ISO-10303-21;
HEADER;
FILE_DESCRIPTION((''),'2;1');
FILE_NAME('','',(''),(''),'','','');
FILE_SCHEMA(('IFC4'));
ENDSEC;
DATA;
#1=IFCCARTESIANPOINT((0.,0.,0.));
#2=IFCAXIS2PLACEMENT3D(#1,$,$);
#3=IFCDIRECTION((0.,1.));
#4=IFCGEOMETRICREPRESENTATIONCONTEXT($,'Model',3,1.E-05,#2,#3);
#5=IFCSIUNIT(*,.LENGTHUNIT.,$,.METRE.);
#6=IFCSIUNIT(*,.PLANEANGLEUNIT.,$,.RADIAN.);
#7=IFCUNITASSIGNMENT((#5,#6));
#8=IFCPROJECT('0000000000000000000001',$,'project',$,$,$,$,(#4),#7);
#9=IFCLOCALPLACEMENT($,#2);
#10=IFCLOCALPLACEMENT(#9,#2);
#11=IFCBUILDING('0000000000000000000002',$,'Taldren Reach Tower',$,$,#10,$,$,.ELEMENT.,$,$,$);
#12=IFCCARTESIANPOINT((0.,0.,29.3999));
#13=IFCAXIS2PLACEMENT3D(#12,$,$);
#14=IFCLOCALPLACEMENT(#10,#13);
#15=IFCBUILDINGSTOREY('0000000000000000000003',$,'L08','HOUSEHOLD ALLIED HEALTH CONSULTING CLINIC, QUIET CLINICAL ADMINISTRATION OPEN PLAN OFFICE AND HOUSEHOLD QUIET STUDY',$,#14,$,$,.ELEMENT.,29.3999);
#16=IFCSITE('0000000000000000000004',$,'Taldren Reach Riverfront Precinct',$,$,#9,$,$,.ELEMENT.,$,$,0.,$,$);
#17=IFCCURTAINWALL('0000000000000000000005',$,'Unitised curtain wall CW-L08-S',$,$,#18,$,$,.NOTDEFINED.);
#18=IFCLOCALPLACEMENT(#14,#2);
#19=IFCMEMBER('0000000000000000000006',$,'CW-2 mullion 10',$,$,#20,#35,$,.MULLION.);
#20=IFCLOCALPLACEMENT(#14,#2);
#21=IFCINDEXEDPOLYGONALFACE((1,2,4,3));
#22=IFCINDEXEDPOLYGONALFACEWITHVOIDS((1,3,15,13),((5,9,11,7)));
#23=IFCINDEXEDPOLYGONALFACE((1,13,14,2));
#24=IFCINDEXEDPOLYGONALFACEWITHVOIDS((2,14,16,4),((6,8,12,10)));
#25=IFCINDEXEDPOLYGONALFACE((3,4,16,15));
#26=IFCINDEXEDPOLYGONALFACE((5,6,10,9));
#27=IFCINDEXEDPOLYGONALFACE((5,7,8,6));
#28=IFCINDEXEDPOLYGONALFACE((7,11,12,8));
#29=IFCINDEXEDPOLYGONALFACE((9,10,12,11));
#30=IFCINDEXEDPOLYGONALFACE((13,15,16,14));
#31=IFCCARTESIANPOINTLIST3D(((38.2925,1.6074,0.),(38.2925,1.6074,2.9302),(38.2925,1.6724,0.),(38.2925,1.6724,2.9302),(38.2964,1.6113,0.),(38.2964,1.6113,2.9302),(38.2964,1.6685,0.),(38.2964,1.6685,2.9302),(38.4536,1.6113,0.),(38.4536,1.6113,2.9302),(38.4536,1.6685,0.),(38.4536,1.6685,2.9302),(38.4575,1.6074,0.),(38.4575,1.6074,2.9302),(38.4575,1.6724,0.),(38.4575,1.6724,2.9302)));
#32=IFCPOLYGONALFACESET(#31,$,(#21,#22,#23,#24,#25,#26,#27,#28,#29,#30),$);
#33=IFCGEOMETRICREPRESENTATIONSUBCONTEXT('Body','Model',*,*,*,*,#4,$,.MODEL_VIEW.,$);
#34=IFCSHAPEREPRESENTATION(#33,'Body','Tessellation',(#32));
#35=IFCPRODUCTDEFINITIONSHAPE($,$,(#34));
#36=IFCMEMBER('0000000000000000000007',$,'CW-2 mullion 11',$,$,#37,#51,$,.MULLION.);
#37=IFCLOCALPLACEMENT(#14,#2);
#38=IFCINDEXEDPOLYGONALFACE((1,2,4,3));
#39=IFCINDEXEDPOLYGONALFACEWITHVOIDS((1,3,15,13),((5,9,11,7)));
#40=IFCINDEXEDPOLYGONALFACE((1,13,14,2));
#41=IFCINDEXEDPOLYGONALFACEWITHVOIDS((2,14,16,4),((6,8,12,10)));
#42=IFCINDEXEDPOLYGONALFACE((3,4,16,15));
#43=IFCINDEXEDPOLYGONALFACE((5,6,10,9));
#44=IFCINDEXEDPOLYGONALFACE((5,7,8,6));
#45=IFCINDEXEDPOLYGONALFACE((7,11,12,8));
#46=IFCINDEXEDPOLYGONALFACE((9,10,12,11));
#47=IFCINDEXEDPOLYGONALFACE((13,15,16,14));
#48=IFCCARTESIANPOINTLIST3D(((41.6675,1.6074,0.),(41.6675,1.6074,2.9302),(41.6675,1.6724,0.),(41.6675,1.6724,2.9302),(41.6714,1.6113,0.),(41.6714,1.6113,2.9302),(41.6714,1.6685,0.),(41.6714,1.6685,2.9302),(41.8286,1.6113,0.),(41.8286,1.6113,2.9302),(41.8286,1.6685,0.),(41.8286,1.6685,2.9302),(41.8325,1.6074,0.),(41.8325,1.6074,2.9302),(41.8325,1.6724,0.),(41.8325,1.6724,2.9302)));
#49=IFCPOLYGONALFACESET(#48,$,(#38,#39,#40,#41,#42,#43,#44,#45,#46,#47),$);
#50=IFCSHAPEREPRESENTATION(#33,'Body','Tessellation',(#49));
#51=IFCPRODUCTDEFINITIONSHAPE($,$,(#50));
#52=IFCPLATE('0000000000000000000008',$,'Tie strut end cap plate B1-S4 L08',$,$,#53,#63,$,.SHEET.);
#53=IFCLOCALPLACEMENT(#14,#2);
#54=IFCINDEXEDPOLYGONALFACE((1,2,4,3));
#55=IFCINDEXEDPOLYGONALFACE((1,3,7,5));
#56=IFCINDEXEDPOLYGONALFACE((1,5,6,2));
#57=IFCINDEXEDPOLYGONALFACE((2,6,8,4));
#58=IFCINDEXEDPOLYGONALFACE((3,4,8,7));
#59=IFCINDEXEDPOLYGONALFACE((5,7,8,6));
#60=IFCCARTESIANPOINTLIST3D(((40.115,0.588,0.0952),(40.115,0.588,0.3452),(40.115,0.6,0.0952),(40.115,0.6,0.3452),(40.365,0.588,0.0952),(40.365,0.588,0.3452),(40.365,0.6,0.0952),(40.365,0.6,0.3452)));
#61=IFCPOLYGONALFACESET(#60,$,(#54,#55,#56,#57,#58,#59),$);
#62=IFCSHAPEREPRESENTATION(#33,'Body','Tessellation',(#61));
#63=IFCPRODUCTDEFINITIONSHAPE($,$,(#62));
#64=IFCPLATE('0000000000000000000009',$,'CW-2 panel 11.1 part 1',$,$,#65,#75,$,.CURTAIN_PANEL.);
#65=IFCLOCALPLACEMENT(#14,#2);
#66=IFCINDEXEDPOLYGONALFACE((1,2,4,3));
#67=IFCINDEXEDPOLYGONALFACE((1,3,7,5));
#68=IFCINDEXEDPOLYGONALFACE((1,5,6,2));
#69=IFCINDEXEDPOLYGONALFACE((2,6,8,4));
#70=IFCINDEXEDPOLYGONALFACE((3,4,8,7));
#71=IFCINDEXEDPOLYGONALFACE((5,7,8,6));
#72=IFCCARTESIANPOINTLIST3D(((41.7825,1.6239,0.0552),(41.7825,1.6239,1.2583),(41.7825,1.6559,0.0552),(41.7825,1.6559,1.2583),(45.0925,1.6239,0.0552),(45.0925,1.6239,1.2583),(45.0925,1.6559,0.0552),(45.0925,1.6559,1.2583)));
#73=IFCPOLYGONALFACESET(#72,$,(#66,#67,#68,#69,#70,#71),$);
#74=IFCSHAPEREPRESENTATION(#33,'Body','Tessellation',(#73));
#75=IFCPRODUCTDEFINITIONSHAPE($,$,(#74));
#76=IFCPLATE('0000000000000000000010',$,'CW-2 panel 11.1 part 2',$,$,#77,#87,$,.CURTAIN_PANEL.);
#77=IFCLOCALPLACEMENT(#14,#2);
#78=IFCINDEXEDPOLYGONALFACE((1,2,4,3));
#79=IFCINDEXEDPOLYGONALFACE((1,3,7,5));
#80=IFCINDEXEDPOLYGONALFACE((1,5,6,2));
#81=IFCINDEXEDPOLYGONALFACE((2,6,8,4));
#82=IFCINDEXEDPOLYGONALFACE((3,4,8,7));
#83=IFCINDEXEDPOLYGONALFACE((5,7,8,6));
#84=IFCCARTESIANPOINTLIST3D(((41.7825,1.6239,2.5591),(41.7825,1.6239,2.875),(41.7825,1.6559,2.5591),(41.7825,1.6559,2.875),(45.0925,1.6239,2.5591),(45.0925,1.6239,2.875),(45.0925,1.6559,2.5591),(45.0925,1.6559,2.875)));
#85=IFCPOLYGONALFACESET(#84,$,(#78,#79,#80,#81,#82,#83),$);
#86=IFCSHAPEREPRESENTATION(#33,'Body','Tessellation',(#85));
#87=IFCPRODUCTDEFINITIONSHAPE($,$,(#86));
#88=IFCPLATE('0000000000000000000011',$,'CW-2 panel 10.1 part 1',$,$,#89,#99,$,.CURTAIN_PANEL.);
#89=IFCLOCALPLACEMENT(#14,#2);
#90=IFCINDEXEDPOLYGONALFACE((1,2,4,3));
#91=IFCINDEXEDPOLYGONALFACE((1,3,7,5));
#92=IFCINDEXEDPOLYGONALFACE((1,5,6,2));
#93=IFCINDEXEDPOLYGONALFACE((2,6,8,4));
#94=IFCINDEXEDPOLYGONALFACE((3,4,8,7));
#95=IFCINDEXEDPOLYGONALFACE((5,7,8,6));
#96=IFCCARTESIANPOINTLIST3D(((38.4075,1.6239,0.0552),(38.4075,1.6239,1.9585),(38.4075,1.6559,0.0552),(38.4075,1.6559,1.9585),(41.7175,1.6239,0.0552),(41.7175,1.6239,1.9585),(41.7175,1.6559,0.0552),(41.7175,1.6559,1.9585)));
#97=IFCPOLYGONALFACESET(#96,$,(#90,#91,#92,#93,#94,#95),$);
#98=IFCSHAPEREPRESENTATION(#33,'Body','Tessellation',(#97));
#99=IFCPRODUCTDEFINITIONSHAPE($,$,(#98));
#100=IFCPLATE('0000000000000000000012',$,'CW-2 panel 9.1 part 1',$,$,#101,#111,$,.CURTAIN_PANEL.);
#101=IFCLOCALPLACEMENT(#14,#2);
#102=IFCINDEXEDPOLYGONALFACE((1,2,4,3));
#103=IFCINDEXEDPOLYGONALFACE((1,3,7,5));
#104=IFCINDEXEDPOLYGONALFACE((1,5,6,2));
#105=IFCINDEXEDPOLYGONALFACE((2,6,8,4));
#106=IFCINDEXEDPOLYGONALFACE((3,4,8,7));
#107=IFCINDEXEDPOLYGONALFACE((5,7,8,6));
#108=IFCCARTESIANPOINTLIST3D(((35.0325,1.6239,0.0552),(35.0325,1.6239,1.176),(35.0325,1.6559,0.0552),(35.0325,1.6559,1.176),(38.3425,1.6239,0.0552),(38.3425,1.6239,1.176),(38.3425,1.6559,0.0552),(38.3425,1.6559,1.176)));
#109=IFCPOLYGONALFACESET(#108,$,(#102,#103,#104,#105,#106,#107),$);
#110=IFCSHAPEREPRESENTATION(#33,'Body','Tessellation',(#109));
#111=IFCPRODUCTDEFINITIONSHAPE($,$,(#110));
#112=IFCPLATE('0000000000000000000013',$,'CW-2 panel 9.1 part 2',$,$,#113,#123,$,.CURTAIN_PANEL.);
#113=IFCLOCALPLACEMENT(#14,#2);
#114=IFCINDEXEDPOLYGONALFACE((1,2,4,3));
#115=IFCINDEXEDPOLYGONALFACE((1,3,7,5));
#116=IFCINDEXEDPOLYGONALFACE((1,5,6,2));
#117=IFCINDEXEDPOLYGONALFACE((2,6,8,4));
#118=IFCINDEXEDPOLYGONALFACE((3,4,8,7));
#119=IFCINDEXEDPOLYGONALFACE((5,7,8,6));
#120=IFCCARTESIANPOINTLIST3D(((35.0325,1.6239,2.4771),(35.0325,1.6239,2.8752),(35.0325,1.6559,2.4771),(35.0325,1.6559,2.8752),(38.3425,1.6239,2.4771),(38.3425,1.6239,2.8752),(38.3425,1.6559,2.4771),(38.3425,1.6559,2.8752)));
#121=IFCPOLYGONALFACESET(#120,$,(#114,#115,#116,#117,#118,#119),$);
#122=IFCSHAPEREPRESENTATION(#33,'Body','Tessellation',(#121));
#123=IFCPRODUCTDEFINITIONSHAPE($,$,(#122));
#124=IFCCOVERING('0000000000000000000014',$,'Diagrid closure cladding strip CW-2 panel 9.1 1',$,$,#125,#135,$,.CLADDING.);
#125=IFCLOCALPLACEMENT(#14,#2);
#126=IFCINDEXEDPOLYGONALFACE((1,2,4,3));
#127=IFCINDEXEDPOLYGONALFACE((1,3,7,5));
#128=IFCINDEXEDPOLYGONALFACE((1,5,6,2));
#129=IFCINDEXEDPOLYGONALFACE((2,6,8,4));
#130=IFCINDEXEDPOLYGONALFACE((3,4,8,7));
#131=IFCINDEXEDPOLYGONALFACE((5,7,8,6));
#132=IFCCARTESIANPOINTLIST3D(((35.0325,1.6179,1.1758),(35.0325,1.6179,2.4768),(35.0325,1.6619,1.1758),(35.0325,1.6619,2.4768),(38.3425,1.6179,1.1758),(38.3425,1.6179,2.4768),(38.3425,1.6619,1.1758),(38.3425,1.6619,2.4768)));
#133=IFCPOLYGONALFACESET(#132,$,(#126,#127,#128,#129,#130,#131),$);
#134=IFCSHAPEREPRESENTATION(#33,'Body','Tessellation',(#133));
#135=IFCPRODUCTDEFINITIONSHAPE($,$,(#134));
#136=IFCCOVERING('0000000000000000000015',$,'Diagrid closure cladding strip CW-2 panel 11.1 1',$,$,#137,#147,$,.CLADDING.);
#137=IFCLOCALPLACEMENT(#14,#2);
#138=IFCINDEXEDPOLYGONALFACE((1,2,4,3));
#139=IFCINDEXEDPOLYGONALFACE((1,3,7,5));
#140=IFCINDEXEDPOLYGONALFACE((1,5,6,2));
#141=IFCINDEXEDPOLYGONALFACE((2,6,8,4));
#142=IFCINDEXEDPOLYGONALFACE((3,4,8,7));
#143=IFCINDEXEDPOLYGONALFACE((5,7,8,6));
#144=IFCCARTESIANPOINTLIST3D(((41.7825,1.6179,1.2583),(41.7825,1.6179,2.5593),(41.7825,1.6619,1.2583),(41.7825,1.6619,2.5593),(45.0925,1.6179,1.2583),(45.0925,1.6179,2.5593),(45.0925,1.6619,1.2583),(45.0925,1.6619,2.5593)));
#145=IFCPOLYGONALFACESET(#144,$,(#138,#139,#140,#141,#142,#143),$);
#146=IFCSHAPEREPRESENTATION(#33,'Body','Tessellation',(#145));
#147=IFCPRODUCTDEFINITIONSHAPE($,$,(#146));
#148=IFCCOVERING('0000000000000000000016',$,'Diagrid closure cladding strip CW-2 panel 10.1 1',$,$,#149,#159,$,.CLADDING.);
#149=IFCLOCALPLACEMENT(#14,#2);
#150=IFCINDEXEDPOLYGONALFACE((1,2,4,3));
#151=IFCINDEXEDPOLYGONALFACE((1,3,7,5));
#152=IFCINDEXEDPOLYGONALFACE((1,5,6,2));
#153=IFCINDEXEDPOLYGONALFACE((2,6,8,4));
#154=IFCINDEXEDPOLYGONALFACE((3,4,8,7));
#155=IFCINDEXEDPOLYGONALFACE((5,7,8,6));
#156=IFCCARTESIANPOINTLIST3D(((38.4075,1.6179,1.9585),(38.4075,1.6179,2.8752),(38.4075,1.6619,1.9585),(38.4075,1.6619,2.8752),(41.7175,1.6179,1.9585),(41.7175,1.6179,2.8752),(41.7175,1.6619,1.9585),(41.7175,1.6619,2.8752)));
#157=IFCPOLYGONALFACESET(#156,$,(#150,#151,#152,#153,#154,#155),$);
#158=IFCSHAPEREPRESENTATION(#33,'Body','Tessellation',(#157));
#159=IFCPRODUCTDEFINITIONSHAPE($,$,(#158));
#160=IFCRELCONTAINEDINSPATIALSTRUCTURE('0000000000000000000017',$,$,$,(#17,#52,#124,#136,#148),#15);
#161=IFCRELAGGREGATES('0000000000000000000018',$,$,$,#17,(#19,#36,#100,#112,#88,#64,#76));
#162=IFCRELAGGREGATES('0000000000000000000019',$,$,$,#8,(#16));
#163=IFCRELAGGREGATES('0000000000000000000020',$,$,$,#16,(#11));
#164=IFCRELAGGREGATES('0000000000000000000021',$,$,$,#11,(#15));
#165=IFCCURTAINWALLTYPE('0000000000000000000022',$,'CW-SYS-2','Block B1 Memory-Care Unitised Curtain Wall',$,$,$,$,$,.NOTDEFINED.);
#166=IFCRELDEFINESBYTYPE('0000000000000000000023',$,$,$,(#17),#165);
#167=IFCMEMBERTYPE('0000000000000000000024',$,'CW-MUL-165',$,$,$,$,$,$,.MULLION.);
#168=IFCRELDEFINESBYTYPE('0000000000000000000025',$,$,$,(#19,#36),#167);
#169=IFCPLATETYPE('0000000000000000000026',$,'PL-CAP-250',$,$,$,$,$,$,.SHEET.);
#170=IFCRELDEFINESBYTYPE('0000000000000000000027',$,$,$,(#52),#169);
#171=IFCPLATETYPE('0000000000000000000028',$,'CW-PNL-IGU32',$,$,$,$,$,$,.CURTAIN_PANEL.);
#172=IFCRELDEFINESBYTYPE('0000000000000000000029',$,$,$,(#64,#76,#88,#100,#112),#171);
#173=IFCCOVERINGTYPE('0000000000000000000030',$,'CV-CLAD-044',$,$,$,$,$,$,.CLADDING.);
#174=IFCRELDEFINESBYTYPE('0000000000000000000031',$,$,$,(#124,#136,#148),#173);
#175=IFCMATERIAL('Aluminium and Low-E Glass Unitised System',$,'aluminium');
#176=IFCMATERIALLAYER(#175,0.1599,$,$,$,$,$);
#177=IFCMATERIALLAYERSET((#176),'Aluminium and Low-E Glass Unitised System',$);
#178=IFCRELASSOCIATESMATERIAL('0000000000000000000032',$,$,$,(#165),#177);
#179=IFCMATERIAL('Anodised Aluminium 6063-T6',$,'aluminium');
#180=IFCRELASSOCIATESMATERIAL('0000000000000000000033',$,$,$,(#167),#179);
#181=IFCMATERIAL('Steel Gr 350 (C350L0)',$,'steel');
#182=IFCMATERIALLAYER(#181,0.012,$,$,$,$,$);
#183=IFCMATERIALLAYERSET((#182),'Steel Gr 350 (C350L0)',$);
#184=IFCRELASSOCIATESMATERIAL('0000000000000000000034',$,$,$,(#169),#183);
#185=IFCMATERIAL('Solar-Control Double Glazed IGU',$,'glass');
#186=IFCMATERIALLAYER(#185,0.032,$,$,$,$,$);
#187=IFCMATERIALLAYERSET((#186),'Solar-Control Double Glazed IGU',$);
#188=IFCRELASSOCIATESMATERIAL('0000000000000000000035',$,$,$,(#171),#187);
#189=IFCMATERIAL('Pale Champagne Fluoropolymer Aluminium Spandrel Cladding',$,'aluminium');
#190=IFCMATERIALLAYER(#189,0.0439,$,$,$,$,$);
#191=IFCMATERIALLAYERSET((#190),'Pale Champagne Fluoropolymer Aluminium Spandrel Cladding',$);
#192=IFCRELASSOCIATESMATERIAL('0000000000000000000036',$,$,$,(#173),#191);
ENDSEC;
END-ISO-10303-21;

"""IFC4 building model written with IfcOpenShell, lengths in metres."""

from ifc_helpers import new_model, si_unit, direction, frame, origin, origin_2d, place, context, subcontext, project, spatial, rectangle, hollow_rectangle, extrude, source, transform, mapped, material, layer, layer_set, material_profile, profile_set, type_object, element, aggregate, save


model = new_model("IFC4")

# Units and contexts
model_context = context("Model", 3, precision=1e-05, world=origin(), true_north=direction((0.0, 1.0)))
body_context = subcontext(model_context, "Body", "Model", "MODEL_VIEW")
ifc_project = project(units=[si_unit("LENGTHUNIT", "METRE"), si_unit("PLANEANGLEUNIT", "RADIAN")], contexts=[model_context])

# Site, building, storey
site_placement = place(None, origin())
site = spatial("IfcSite", under=ifc_project, at=site_placement, Name="Taldren Reach Riverfront Precinct", CompositionType="ELEMENT", RefElevation=0.0)
building_placement = place(site_placement, origin())
building = spatial("IfcBuilding", under=site, at=building_placement, Name="Taldren Reach Tower", CompositionType="ELEMENT")
storey_placement = place(building_placement, frame((0.0, 0.0, 29.3999)))
storey = spatial("IfcBuildingStorey", under=building, at=storey_placement, Name="L08", Description="HOUSEHOLD ALLIED HEALTH CONSULTING CLINIC, QUIET CLINICAL ADMINISTRATION OPEN PLAN OFFICE AND HOUSEHOLD QUIET STUDY", CompositionType="ELEMENT", Elevation=29.3999)

# Shared definitions
ifc_material_1 = material(Name="Steel Gr 350 (C350L0)", Category="steel")

# Curtain wall, members
ifc_material_2 = material(Name="Aluminium and Low-E Glass Unitised System", Category="aluminium")
ifc_layer_1 = layer(ifc_material_2, 0.1599)
ifc_layer_set_1 = layer_set([ifc_layer_1], Name="Aluminium and Low-E Glass Unitised System")
curtain_wall_type = type_object("IfcCurtainWallType", Name="CW-SYS-2", Description="Block B1 Memory-Care Unitised Curtain Wall", PredefinedType="NOTDEFINED", material=ifc_layer_set_1)
curtain_wall_placement = place(storey_placement, origin())
curtain_wall = element("IfcCurtainWall", 1, at=curtain_wall_placement, inside=storey, type_object=curtain_wall_type, Name="Unitised curtain wall CW-L08-S", PredefinedType="NOTDEFINED")
ifc_material_3 = material(Name="Anodised Aluminium 6063-T6", Category="aluminium")
ifc_material_profile_1 = material_profile(ifc_material_3, hollow_rectangle(XDim=0.0649, YDim=0.165, WallThickness=0.0039, at=origin_2d()), Name="ALU-165x65x4RHS")
ifc_profile_set_1 = profile_set([ifc_material_profile_1], Name="Anodised Aluminium 6063-T6")
member_type_1 = type_object("IfcMemberType", Name="CW-MUL-165", PredefinedType="MULLION", material=ifc_profile_set_1)
shared_shape_1 = source(origin(), body_context, "Body", "SweptSolid", [
    extrude(hollow_rectangle(XDim=0.0649, YDim=0.165, WallThickness=0.0039, at=origin_2d()), origin(), (0.0, 0.0, 1.0), 2.9302),
])
member_1_placement = place(storey_placement, frame((38.375, 1.6399, 0.0), z_axis=(0.0, 0.0, 1.0), x_axis=(0.0, 1.0, 0.0)))
member_1 = element("IfcMember", 2, at=member_1_placement, type_object=member_type_1, Name="CW-2 mullion 10", PredefinedType="MULLION", context=body_context, shape_type="MappedRepresentation", body=[
    mapped(shared_shape_1, transform((0.0, 0.0, 0.0), scale=1.0)),
])
member_2_placement = place(storey_placement, frame((41.75, 1.6399, 0.0), z_axis=(0.0, 0.0, 1.0), x_axis=(0.0, 1.0, 0.0)))
member_2 = element("IfcMember", 3, at=member_2_placement, type_object=member_type_1, Name="CW-2 mullion 11", PredefinedType="MULLION", context=body_context, shape_type="MappedRepresentation", body=[
    mapped(shared_shape_1, transform((0.0, 0.0, 0.0), scale=1.0)),
])

# Plates
ifc_layer_2 = layer(ifc_material_1, 0.012)
ifc_layer_set_2 = layer_set([ifc_layer_2], Name="Steel Gr 350 (C350L0)")
plate_type_1 = type_object("IfcPlateType", Name="PL-CAP-250", PredefinedType="SHEET", material=ifc_layer_set_2)
shared_shape_2 = source(origin(), body_context, "Body", "SweptSolid", [
    extrude(rectangle(XDim=0.25, YDim=0.012, at=origin_2d()), origin(), (0.0, 0.0, 1.0), 0.25),
])
plate_1_placement = place(storey_placement, frame((40.24, 0.594, 0.0952), z_axis=(0.0, 0.0, 1.0), x_axis=(1.0, 0.0, 0.0)))
element("IfcPlate", 4, at=plate_1_placement, inside=storey, type_object=plate_type_1, Name="Tie strut end cap plate B1-S4 L08", PredefinedType="SHEET", context=body_context, shape_type="MappedRepresentation", body=[
    mapped(shared_shape_2, transform((0.0, 0.0, 0.0), scale=1.0)),
])
ifc_material_4 = material(Name="Solar-Control Double Glazed IGU", Category="glass")
ifc_layer_3 = layer(ifc_material_4, 0.032)
ifc_layer_set_3 = layer_set([ifc_layer_3], Name="Solar-Control Double Glazed IGU")
plate_type_2 = type_object("IfcPlateType", Name="CW-PNL-IGU32", PredefinedType="CURTAIN_PANEL", material=ifc_layer_set_3)
shared_shape_3 = source(origin(), body_context, "Body", "SweptSolid", [
    extrude(rectangle(XDim=3.3101, YDim=0.032, at=origin_2d()), origin(), (0.0, 0.0, 1.0), 1.2031),
])
plate_2_placement = place(storey_placement, frame((43.4375, 1.6399, 0.0552), z_axis=(0.0, 0.0, 1.0), x_axis=(1.0, 0.0, 0.0)))
plate_2 = element("IfcPlate", 5, at=plate_2_placement, type_object=plate_type_2, Name="CW-2 panel 11.1 part 1", PredefinedType="CURTAIN_PANEL", context=body_context, shape_type="MappedRepresentation", body=[
    mapped(shared_shape_3, transform((0.0, 0.0, 0.0), scale=1.0)),
])
shared_shape_4 = source(origin(), body_context, "Body", "SweptSolid", [
    extrude(rectangle(XDim=3.3101, YDim=0.032, at=origin_2d()), origin(), (0.0, 0.0, 1.0), 0.3159),
])
plate_3_placement = place(storey_placement, frame((43.4375, 1.6399, 2.5591), z_axis=(0.0, 0.0, 1.0), x_axis=(1.0, 0.0, 0.0)))
plate_3 = element("IfcPlate", 6, at=plate_3_placement, type_object=plate_type_2, Name="CW-2 panel 11.1 part 2", PredefinedType="CURTAIN_PANEL", context=body_context, shape_type="MappedRepresentation", body=[
    mapped(shared_shape_4, transform((0.0, 0.0, 0.0), scale=1.0)),
])
shared_shape_5 = source(origin(), body_context, "Body", "SweptSolid", [
    extrude(rectangle(XDim=3.3101, YDim=0.032, at=origin_2d()), origin(), (0.0, 0.0, 1.0), 1.9033),
])
plate_4_placement = place(storey_placement, frame((40.0625, 1.6399, 0.0552), z_axis=(0.0, 0.0, 1.0), x_axis=(1.0, 0.0, 0.0)))
plate_4 = element("IfcPlate", 7, at=plate_4_placement, type_object=plate_type_2, Name="CW-2 panel 10.1 part 1", PredefinedType="CURTAIN_PANEL", context=body_context, shape_type="MappedRepresentation", body=[
    mapped(shared_shape_5, transform((0.0, 0.0, 0.0), scale=1.0)),
])
shared_shape_6 = source(origin(), body_context, "Body", "SweptSolid", [
    extrude(rectangle(XDim=3.3101, YDim=0.032, at=origin_2d()), origin(), (0.0, 0.0, 1.0), 1.1208),
])
plate_5_placement = place(storey_placement, frame((36.6875, 1.6399, 0.0552), z_axis=(0.0, 0.0, 1.0), x_axis=(1.0, 0.0, 0.0)))
plate_5 = element("IfcPlate", 8, at=plate_5_placement, type_object=plate_type_2, Name="CW-2 panel 9.1 part 1", PredefinedType="CURTAIN_PANEL", context=body_context, shape_type="MappedRepresentation", body=[
    mapped(shared_shape_6, transform((0.0, 0.0, 0.0), scale=1.0)),
])
shared_shape_7 = source(origin(), body_context, "Body", "SweptSolid", [
    extrude(rectangle(XDim=3.3101, YDim=0.032, at=origin_2d()), origin(), (0.0, 0.0, 1.0), 0.3982),
])
plate_6_placement = place(storey_placement, frame((36.6875, 1.6399, 2.4771), z_axis=(0.0, 0.0, 1.0), x_axis=(1.0, 0.0, 0.0)))
plate_6 = element("IfcPlate", 9, at=plate_6_placement, type_object=plate_type_2, Name="CW-2 panel 9.1 part 2", PredefinedType="CURTAIN_PANEL", context=body_context, shape_type="MappedRepresentation", body=[
    mapped(shared_shape_7, transform((0.0, 0.0, 0.0), scale=1.0)),
])
aggregate(curtain_wall, [member_1, member_2, plate_5, plate_6, plate_4, plate_2, plate_3])

# Coverings
ifc_material_5 = material(Name="Pale Champagne Fluoropolymer Aluminium Spandrel Cladding", Category="aluminium")
ifc_layer_4 = layer(ifc_material_5, 0.0439)
ifc_layer_set_4 = layer_set([ifc_layer_4], Name="Pale Champagne Fluoropolymer Aluminium Spandrel Cladding")
covering_type = type_object("IfcCoveringType", Name="CV-CLAD-044", PredefinedType="CLADDING", material=ifc_layer_set_4)
shared_shape_8 = source(origin(), body_context, "Body", "SweptSolid", [
    extrude(rectangle(XDim=3.3101, YDim=0.0439, at=origin_2d()), origin(), (0.0, 0.0, 1.0), 1.301),
])
for number, where, z_axis, x_axis, name in (
    (10, (36.6875, 1.6399, 1.1758), (0.0, 0.0, 1.0), (1.0, 0.0, 0.0), "Diagrid closure cladding strip CW-2 panel 9.1 1"),
    (11, (43.4375, 1.6399, 1.2583), (0.0, 0.0, 1.0), (1.0, 0.0, 0.0), "Diagrid closure cladding strip CW-2 panel 11.1 1"),
):
    element("IfcCovering", number, at=place(storey_placement, frame(where, z_axis=z_axis, x_axis=x_axis)), inside=storey, type_object=covering_type, Name=name, PredefinedType="CLADDING", context=body_context, shape_type="MappedRepresentation", body=[
        mapped(shared_shape_8, transform((0.0, 0.0, 0.0), scale=1.0)),
    ])
shared_shape_9 = source(origin(), body_context, "Body", "SweptSolid", [
    extrude(rectangle(XDim=3.3101, YDim=0.0439, at=origin_2d()), origin(), (0.0, 0.0, 1.0), 0.9167),
])
covering_placement = place(storey_placement, frame((40.0625, 1.6399, 1.9585), z_axis=(0.0, 0.0, 1.0), x_axis=(1.0, 0.0, 0.0)))
element("IfcCovering", 12, at=covering_placement, inside=storey, type_object=covering_type, Name="Diagrid closure cladding strip CW-2 panel 10.1 1", PredefinedType="CLADDING", context=body_context, shape_type="MappedRepresentation", body=[
    mapped(shared_shape_9, transform((0.0, 0.0, 0.0), scale=1.0)),
])

save(model, "model.ifc")
